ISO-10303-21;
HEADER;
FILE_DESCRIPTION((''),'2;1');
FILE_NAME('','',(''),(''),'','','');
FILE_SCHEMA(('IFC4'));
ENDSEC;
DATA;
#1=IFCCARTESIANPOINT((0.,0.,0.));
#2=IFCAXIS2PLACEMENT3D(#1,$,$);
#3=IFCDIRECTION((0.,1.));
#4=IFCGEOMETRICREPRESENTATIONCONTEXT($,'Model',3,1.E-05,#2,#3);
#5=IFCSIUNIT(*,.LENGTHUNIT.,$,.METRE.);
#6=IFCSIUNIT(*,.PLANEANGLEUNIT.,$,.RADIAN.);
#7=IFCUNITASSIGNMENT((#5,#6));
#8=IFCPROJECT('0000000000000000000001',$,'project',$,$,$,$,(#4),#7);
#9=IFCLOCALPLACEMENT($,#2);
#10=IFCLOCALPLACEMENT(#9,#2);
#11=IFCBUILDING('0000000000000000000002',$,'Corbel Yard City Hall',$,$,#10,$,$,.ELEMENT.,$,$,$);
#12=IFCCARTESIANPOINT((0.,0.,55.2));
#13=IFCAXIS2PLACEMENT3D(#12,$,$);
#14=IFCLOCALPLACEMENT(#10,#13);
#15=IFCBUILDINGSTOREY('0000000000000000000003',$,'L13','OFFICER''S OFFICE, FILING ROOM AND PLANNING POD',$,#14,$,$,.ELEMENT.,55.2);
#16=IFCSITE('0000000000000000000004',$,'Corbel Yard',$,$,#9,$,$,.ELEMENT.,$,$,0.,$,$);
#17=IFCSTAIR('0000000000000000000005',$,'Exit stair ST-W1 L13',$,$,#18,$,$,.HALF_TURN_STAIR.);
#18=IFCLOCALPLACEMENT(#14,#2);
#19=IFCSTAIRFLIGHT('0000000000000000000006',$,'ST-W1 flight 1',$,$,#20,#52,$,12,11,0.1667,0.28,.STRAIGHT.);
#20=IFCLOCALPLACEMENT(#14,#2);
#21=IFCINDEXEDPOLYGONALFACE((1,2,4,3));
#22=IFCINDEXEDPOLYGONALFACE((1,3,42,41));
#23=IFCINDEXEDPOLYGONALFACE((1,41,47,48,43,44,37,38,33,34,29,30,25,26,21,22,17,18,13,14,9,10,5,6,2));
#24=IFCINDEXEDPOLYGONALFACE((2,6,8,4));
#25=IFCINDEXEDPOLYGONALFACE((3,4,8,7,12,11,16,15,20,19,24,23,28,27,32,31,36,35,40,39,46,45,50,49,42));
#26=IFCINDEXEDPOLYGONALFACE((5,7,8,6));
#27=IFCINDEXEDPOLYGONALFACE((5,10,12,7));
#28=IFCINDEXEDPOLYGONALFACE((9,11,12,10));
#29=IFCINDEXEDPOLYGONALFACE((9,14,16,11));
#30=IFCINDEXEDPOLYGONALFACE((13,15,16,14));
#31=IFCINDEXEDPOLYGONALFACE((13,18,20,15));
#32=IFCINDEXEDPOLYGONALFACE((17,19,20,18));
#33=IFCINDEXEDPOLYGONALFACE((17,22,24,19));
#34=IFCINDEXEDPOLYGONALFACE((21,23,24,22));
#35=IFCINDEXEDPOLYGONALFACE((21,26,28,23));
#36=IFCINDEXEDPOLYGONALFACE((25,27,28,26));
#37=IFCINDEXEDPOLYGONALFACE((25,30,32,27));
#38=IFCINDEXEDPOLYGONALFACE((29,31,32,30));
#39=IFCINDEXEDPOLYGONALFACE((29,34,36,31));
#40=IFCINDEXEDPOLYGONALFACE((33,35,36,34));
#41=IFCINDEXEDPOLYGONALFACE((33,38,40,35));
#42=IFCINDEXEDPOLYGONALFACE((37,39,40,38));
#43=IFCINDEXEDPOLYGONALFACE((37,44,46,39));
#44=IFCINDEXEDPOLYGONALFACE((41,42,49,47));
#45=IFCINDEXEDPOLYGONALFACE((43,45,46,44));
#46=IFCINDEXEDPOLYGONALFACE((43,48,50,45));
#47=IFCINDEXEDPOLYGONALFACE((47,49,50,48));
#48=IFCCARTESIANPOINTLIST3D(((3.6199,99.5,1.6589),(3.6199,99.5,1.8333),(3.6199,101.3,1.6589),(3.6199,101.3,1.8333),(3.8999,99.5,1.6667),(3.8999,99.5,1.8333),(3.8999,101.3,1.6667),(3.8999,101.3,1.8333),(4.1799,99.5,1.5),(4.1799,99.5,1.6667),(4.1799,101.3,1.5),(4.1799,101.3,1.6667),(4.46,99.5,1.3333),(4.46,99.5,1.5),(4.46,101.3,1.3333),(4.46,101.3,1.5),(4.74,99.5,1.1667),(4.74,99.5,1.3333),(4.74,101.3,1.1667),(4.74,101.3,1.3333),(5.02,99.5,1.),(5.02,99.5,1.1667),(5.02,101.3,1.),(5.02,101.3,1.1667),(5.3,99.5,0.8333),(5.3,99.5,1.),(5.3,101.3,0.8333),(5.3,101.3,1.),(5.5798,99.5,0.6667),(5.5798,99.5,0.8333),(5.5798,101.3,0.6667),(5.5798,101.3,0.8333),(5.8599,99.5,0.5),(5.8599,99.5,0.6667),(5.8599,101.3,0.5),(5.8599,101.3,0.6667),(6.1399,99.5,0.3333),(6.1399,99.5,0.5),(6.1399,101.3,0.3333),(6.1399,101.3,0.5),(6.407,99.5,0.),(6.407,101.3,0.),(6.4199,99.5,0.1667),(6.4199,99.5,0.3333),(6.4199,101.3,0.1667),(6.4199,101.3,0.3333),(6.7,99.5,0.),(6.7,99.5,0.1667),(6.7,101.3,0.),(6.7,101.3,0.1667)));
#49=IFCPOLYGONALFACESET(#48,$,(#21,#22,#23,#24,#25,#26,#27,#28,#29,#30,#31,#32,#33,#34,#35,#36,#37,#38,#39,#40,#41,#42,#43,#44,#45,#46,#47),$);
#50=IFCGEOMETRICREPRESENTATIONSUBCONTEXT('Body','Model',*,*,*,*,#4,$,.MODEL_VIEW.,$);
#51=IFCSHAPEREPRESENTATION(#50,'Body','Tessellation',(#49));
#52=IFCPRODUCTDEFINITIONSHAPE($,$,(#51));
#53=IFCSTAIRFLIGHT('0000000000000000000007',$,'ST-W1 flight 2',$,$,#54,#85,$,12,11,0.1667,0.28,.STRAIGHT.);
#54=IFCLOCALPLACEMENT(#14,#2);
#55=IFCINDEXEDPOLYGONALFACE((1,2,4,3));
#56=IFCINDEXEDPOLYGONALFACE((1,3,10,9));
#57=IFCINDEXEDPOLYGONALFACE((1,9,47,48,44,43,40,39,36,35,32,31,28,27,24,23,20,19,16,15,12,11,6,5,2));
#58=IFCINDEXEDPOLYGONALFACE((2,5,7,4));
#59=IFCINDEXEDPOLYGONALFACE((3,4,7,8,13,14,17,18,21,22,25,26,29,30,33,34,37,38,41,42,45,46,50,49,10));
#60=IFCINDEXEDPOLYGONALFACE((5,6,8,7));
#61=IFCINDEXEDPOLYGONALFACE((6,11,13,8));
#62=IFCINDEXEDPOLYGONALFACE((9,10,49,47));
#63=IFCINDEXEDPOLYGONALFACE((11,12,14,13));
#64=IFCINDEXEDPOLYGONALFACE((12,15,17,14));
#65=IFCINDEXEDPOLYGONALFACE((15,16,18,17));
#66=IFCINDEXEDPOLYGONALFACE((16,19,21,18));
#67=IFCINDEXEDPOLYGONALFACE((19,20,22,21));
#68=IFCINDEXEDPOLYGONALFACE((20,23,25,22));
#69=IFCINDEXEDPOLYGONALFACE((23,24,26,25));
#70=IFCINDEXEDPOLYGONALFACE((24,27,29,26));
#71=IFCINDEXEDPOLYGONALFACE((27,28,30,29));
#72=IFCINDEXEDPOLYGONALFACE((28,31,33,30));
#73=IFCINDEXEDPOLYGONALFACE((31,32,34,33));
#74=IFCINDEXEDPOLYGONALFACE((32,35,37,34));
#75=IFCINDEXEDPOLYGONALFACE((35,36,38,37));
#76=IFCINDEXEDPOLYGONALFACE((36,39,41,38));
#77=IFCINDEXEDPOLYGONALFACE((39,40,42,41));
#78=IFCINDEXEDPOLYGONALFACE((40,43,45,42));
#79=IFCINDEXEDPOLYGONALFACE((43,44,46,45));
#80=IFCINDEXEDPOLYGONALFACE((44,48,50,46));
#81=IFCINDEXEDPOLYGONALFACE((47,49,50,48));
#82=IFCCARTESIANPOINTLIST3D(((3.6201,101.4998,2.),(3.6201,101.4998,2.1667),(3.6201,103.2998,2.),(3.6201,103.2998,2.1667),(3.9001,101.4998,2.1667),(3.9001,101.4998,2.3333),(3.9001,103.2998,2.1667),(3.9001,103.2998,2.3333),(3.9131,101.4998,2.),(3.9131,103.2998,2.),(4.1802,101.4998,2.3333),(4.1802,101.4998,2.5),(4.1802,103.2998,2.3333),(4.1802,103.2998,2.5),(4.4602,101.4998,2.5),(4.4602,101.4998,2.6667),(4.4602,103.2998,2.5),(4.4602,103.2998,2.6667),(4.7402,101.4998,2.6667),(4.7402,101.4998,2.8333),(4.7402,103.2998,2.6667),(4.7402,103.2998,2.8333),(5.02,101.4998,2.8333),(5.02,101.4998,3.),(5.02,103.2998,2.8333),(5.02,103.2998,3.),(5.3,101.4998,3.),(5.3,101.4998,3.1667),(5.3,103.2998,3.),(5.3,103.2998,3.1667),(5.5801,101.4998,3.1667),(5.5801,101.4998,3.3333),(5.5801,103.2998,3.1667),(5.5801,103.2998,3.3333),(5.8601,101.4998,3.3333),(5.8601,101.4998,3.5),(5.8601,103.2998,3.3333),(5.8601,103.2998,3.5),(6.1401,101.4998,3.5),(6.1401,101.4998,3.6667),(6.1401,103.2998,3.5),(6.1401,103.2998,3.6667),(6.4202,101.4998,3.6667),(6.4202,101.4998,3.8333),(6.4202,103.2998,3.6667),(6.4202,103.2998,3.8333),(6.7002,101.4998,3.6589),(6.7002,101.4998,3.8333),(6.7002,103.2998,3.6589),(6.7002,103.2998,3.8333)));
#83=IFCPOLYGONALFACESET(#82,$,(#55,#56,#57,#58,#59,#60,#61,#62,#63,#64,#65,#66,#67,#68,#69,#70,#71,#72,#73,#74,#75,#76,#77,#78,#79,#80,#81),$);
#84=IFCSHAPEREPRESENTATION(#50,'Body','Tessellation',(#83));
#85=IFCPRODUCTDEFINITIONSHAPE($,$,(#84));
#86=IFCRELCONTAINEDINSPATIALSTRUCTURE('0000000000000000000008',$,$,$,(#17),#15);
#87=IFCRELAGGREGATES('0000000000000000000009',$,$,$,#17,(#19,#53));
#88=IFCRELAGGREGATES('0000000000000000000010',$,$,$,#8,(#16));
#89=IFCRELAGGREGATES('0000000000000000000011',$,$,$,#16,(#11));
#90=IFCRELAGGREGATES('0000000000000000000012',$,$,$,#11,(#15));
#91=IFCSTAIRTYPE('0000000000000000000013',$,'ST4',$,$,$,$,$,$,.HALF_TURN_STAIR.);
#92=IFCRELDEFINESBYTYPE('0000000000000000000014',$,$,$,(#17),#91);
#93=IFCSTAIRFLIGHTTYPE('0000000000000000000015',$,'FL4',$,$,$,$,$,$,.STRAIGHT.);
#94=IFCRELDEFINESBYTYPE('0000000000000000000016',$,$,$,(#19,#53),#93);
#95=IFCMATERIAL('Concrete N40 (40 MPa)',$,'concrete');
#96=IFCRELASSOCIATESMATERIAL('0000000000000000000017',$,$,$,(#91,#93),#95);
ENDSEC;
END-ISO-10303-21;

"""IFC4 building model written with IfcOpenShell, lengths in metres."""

from ifc_helpers import new_model, si_unit, direction, frame, origin, place, context, subcontext, project, spatial, polyline, outline, extrude, material, type_object, element, aggregate, save


model = new_model("IFC4")

# Units and contexts
model_context = context("Model", 3, precision=1e-05, world=origin(), true_north=direction((0.0, 1.0)))
body_context = subcontext(model_context, "Body", "Model", "MODEL_VIEW")
ifc_project = project(units=[si_unit("LENGTHUNIT", "METRE"), si_unit("PLANEANGLEUNIT", "RADIAN")], contexts=[model_context])

# Site, building, storey
site_placement = place(None, origin())
site = spatial("IfcSite", under=ifc_project, at=site_placement, Name="Corbel Yard", CompositionType="ELEMENT", RefElevation=0.0)
building_placement = place(site_placement, origin())
building = spatial("IfcBuilding", under=site, at=building_placement, Name="Corbel Yard City Hall", CompositionType="ELEMENT")
storey_placement = place(building_placement, frame((0.0, 0.0, 55.2)))
storey = spatial("IfcBuildingStorey", under=building, at=storey_placement, Name="L13", Description="OFFICER'S OFFICE, FILING ROOM AND PLANNING POD", CompositionType="ELEMENT", Elevation=55.2)

# Shared definitions
ifc_material_1 = material(Name="Concrete N40 (40 MPa)", Category="concrete")

# Stair, stair flights
stair_type = type_object("IfcStairType", Name="ST4", PredefinedType="HALF_TURN_STAIR", material=ifc_material_1)
stair_placement = place(storey_placement, origin())
stair = element("IfcStair", 1, at=stair_placement, inside=storey, type_object=stair_type, Name="Exit stair ST-W1 L13", PredefinedType="HALF_TURN_STAIR")
stair_flight_type = type_object("IfcStairFlightType", Name="FL4", PredefinedType="STRAIGHT", material=ifc_material_1)
stair_flight_1_placement = place(storey_placement, frame((6.7, 100.3999, 0.0), z_axis=(0.0, 0.0, 1.0), x_axis=(-1.0, 0.0, 0.0)))
stair_flight_1 = element("IfcStairFlight", 2, at=stair_flight_1_placement, type_object=stair_flight_type, Name="ST-W1 flight 1", NumberOfRisers=12, NumberOfTreads=11, PredefinedType="STRAIGHT", RiserHeight=0.1667, TreadLength=0.28, context=body_context, shape_type="SweptSolid", body=[
    extrude(outline(polyline([(0.0, 0.0), (0.0, 0.1667), (0.28, 0.1667), (0.28, 0.3333), (0.5601, 0.3333), (0.5601, 0.5), (0.8401, 0.5), (0.8401, 0.6667), (1.1201, 0.6667), (1.1201, 0.8333), (1.3999, 0.8333), (1.3999, 1.0), (1.6799, 1.0), (1.6799, 1.1667), (1.96, 1.1667), (1.96, 1.3333), (2.24, 1.3333), (2.24, 1.5), (2.52, 1.5), (2.52, 1.6667), (2.8, 1.6667), (2.8, 1.8333), (3.0801, 1.8333), (3.0801, 2.0), (3.0801, 1.6589), (0.293, 0.0), (0.0, 0.0)])), frame((0.0, 0.8999, 0.0), z_axis=(0.0, -1.0, 0.0), x_axis=(1.0, 0.0, 0.0)), (0.0, 0.0, 1.0), 1.8),
])
stair_flight_2_placement = place(storey_placement, frame((3.6201, 102.3999, 2.0), z_axis=(0.0, 0.0, 1.0), x_axis=(1.0, 0.0, 0.0)))
stair_flight_2 = element("IfcStairFlight", 3, at=stair_flight_2_placement, type_object=stair_flight_type, Name="ST-W1 flight 2", NumberOfRisers=12, NumberOfTreads=11, PredefinedType="STRAIGHT", RiserHeight=0.1667, TreadLength=0.28, context=body_context, shape_type="SweptSolid", body=[
    extrude(outline(polyline([(0.0, 0.0), (0.0, 0.1667), (0.28, 0.1667), (0.28, 0.3333), (0.5601, 0.3333), (0.5601, 0.5), (0.8401, 0.5), (0.8401, 0.6667), (1.1201, 0.6667), (1.1201, 0.8333), (1.3999, 0.8333), (1.3999, 1.0), (1.6799, 1.0), (1.6799, 1.1667), (1.96, 1.1667), (1.96, 1.3333), (2.24, 1.3333), (2.24, 1.5), (2.52, 1.5), (2.52, 1.6667), (2.8, 1.6667), (2.8, 1.8333), (3.0801, 1.8333), (3.0801, 2.0), (3.0801, 1.6589), (0.293, 0.0), (0.0, 0.0)])), frame((0.0, 0.8999, 0.0), z_axis=(0.0, -1.0, 0.0), x_axis=(1.0, 0.0, 0.0)), (0.0, 0.0, 1.0), 1.8),
])
aggregate(stair, [stair_flight_1, stair_flight_2])

save(model, "model.ifc")
